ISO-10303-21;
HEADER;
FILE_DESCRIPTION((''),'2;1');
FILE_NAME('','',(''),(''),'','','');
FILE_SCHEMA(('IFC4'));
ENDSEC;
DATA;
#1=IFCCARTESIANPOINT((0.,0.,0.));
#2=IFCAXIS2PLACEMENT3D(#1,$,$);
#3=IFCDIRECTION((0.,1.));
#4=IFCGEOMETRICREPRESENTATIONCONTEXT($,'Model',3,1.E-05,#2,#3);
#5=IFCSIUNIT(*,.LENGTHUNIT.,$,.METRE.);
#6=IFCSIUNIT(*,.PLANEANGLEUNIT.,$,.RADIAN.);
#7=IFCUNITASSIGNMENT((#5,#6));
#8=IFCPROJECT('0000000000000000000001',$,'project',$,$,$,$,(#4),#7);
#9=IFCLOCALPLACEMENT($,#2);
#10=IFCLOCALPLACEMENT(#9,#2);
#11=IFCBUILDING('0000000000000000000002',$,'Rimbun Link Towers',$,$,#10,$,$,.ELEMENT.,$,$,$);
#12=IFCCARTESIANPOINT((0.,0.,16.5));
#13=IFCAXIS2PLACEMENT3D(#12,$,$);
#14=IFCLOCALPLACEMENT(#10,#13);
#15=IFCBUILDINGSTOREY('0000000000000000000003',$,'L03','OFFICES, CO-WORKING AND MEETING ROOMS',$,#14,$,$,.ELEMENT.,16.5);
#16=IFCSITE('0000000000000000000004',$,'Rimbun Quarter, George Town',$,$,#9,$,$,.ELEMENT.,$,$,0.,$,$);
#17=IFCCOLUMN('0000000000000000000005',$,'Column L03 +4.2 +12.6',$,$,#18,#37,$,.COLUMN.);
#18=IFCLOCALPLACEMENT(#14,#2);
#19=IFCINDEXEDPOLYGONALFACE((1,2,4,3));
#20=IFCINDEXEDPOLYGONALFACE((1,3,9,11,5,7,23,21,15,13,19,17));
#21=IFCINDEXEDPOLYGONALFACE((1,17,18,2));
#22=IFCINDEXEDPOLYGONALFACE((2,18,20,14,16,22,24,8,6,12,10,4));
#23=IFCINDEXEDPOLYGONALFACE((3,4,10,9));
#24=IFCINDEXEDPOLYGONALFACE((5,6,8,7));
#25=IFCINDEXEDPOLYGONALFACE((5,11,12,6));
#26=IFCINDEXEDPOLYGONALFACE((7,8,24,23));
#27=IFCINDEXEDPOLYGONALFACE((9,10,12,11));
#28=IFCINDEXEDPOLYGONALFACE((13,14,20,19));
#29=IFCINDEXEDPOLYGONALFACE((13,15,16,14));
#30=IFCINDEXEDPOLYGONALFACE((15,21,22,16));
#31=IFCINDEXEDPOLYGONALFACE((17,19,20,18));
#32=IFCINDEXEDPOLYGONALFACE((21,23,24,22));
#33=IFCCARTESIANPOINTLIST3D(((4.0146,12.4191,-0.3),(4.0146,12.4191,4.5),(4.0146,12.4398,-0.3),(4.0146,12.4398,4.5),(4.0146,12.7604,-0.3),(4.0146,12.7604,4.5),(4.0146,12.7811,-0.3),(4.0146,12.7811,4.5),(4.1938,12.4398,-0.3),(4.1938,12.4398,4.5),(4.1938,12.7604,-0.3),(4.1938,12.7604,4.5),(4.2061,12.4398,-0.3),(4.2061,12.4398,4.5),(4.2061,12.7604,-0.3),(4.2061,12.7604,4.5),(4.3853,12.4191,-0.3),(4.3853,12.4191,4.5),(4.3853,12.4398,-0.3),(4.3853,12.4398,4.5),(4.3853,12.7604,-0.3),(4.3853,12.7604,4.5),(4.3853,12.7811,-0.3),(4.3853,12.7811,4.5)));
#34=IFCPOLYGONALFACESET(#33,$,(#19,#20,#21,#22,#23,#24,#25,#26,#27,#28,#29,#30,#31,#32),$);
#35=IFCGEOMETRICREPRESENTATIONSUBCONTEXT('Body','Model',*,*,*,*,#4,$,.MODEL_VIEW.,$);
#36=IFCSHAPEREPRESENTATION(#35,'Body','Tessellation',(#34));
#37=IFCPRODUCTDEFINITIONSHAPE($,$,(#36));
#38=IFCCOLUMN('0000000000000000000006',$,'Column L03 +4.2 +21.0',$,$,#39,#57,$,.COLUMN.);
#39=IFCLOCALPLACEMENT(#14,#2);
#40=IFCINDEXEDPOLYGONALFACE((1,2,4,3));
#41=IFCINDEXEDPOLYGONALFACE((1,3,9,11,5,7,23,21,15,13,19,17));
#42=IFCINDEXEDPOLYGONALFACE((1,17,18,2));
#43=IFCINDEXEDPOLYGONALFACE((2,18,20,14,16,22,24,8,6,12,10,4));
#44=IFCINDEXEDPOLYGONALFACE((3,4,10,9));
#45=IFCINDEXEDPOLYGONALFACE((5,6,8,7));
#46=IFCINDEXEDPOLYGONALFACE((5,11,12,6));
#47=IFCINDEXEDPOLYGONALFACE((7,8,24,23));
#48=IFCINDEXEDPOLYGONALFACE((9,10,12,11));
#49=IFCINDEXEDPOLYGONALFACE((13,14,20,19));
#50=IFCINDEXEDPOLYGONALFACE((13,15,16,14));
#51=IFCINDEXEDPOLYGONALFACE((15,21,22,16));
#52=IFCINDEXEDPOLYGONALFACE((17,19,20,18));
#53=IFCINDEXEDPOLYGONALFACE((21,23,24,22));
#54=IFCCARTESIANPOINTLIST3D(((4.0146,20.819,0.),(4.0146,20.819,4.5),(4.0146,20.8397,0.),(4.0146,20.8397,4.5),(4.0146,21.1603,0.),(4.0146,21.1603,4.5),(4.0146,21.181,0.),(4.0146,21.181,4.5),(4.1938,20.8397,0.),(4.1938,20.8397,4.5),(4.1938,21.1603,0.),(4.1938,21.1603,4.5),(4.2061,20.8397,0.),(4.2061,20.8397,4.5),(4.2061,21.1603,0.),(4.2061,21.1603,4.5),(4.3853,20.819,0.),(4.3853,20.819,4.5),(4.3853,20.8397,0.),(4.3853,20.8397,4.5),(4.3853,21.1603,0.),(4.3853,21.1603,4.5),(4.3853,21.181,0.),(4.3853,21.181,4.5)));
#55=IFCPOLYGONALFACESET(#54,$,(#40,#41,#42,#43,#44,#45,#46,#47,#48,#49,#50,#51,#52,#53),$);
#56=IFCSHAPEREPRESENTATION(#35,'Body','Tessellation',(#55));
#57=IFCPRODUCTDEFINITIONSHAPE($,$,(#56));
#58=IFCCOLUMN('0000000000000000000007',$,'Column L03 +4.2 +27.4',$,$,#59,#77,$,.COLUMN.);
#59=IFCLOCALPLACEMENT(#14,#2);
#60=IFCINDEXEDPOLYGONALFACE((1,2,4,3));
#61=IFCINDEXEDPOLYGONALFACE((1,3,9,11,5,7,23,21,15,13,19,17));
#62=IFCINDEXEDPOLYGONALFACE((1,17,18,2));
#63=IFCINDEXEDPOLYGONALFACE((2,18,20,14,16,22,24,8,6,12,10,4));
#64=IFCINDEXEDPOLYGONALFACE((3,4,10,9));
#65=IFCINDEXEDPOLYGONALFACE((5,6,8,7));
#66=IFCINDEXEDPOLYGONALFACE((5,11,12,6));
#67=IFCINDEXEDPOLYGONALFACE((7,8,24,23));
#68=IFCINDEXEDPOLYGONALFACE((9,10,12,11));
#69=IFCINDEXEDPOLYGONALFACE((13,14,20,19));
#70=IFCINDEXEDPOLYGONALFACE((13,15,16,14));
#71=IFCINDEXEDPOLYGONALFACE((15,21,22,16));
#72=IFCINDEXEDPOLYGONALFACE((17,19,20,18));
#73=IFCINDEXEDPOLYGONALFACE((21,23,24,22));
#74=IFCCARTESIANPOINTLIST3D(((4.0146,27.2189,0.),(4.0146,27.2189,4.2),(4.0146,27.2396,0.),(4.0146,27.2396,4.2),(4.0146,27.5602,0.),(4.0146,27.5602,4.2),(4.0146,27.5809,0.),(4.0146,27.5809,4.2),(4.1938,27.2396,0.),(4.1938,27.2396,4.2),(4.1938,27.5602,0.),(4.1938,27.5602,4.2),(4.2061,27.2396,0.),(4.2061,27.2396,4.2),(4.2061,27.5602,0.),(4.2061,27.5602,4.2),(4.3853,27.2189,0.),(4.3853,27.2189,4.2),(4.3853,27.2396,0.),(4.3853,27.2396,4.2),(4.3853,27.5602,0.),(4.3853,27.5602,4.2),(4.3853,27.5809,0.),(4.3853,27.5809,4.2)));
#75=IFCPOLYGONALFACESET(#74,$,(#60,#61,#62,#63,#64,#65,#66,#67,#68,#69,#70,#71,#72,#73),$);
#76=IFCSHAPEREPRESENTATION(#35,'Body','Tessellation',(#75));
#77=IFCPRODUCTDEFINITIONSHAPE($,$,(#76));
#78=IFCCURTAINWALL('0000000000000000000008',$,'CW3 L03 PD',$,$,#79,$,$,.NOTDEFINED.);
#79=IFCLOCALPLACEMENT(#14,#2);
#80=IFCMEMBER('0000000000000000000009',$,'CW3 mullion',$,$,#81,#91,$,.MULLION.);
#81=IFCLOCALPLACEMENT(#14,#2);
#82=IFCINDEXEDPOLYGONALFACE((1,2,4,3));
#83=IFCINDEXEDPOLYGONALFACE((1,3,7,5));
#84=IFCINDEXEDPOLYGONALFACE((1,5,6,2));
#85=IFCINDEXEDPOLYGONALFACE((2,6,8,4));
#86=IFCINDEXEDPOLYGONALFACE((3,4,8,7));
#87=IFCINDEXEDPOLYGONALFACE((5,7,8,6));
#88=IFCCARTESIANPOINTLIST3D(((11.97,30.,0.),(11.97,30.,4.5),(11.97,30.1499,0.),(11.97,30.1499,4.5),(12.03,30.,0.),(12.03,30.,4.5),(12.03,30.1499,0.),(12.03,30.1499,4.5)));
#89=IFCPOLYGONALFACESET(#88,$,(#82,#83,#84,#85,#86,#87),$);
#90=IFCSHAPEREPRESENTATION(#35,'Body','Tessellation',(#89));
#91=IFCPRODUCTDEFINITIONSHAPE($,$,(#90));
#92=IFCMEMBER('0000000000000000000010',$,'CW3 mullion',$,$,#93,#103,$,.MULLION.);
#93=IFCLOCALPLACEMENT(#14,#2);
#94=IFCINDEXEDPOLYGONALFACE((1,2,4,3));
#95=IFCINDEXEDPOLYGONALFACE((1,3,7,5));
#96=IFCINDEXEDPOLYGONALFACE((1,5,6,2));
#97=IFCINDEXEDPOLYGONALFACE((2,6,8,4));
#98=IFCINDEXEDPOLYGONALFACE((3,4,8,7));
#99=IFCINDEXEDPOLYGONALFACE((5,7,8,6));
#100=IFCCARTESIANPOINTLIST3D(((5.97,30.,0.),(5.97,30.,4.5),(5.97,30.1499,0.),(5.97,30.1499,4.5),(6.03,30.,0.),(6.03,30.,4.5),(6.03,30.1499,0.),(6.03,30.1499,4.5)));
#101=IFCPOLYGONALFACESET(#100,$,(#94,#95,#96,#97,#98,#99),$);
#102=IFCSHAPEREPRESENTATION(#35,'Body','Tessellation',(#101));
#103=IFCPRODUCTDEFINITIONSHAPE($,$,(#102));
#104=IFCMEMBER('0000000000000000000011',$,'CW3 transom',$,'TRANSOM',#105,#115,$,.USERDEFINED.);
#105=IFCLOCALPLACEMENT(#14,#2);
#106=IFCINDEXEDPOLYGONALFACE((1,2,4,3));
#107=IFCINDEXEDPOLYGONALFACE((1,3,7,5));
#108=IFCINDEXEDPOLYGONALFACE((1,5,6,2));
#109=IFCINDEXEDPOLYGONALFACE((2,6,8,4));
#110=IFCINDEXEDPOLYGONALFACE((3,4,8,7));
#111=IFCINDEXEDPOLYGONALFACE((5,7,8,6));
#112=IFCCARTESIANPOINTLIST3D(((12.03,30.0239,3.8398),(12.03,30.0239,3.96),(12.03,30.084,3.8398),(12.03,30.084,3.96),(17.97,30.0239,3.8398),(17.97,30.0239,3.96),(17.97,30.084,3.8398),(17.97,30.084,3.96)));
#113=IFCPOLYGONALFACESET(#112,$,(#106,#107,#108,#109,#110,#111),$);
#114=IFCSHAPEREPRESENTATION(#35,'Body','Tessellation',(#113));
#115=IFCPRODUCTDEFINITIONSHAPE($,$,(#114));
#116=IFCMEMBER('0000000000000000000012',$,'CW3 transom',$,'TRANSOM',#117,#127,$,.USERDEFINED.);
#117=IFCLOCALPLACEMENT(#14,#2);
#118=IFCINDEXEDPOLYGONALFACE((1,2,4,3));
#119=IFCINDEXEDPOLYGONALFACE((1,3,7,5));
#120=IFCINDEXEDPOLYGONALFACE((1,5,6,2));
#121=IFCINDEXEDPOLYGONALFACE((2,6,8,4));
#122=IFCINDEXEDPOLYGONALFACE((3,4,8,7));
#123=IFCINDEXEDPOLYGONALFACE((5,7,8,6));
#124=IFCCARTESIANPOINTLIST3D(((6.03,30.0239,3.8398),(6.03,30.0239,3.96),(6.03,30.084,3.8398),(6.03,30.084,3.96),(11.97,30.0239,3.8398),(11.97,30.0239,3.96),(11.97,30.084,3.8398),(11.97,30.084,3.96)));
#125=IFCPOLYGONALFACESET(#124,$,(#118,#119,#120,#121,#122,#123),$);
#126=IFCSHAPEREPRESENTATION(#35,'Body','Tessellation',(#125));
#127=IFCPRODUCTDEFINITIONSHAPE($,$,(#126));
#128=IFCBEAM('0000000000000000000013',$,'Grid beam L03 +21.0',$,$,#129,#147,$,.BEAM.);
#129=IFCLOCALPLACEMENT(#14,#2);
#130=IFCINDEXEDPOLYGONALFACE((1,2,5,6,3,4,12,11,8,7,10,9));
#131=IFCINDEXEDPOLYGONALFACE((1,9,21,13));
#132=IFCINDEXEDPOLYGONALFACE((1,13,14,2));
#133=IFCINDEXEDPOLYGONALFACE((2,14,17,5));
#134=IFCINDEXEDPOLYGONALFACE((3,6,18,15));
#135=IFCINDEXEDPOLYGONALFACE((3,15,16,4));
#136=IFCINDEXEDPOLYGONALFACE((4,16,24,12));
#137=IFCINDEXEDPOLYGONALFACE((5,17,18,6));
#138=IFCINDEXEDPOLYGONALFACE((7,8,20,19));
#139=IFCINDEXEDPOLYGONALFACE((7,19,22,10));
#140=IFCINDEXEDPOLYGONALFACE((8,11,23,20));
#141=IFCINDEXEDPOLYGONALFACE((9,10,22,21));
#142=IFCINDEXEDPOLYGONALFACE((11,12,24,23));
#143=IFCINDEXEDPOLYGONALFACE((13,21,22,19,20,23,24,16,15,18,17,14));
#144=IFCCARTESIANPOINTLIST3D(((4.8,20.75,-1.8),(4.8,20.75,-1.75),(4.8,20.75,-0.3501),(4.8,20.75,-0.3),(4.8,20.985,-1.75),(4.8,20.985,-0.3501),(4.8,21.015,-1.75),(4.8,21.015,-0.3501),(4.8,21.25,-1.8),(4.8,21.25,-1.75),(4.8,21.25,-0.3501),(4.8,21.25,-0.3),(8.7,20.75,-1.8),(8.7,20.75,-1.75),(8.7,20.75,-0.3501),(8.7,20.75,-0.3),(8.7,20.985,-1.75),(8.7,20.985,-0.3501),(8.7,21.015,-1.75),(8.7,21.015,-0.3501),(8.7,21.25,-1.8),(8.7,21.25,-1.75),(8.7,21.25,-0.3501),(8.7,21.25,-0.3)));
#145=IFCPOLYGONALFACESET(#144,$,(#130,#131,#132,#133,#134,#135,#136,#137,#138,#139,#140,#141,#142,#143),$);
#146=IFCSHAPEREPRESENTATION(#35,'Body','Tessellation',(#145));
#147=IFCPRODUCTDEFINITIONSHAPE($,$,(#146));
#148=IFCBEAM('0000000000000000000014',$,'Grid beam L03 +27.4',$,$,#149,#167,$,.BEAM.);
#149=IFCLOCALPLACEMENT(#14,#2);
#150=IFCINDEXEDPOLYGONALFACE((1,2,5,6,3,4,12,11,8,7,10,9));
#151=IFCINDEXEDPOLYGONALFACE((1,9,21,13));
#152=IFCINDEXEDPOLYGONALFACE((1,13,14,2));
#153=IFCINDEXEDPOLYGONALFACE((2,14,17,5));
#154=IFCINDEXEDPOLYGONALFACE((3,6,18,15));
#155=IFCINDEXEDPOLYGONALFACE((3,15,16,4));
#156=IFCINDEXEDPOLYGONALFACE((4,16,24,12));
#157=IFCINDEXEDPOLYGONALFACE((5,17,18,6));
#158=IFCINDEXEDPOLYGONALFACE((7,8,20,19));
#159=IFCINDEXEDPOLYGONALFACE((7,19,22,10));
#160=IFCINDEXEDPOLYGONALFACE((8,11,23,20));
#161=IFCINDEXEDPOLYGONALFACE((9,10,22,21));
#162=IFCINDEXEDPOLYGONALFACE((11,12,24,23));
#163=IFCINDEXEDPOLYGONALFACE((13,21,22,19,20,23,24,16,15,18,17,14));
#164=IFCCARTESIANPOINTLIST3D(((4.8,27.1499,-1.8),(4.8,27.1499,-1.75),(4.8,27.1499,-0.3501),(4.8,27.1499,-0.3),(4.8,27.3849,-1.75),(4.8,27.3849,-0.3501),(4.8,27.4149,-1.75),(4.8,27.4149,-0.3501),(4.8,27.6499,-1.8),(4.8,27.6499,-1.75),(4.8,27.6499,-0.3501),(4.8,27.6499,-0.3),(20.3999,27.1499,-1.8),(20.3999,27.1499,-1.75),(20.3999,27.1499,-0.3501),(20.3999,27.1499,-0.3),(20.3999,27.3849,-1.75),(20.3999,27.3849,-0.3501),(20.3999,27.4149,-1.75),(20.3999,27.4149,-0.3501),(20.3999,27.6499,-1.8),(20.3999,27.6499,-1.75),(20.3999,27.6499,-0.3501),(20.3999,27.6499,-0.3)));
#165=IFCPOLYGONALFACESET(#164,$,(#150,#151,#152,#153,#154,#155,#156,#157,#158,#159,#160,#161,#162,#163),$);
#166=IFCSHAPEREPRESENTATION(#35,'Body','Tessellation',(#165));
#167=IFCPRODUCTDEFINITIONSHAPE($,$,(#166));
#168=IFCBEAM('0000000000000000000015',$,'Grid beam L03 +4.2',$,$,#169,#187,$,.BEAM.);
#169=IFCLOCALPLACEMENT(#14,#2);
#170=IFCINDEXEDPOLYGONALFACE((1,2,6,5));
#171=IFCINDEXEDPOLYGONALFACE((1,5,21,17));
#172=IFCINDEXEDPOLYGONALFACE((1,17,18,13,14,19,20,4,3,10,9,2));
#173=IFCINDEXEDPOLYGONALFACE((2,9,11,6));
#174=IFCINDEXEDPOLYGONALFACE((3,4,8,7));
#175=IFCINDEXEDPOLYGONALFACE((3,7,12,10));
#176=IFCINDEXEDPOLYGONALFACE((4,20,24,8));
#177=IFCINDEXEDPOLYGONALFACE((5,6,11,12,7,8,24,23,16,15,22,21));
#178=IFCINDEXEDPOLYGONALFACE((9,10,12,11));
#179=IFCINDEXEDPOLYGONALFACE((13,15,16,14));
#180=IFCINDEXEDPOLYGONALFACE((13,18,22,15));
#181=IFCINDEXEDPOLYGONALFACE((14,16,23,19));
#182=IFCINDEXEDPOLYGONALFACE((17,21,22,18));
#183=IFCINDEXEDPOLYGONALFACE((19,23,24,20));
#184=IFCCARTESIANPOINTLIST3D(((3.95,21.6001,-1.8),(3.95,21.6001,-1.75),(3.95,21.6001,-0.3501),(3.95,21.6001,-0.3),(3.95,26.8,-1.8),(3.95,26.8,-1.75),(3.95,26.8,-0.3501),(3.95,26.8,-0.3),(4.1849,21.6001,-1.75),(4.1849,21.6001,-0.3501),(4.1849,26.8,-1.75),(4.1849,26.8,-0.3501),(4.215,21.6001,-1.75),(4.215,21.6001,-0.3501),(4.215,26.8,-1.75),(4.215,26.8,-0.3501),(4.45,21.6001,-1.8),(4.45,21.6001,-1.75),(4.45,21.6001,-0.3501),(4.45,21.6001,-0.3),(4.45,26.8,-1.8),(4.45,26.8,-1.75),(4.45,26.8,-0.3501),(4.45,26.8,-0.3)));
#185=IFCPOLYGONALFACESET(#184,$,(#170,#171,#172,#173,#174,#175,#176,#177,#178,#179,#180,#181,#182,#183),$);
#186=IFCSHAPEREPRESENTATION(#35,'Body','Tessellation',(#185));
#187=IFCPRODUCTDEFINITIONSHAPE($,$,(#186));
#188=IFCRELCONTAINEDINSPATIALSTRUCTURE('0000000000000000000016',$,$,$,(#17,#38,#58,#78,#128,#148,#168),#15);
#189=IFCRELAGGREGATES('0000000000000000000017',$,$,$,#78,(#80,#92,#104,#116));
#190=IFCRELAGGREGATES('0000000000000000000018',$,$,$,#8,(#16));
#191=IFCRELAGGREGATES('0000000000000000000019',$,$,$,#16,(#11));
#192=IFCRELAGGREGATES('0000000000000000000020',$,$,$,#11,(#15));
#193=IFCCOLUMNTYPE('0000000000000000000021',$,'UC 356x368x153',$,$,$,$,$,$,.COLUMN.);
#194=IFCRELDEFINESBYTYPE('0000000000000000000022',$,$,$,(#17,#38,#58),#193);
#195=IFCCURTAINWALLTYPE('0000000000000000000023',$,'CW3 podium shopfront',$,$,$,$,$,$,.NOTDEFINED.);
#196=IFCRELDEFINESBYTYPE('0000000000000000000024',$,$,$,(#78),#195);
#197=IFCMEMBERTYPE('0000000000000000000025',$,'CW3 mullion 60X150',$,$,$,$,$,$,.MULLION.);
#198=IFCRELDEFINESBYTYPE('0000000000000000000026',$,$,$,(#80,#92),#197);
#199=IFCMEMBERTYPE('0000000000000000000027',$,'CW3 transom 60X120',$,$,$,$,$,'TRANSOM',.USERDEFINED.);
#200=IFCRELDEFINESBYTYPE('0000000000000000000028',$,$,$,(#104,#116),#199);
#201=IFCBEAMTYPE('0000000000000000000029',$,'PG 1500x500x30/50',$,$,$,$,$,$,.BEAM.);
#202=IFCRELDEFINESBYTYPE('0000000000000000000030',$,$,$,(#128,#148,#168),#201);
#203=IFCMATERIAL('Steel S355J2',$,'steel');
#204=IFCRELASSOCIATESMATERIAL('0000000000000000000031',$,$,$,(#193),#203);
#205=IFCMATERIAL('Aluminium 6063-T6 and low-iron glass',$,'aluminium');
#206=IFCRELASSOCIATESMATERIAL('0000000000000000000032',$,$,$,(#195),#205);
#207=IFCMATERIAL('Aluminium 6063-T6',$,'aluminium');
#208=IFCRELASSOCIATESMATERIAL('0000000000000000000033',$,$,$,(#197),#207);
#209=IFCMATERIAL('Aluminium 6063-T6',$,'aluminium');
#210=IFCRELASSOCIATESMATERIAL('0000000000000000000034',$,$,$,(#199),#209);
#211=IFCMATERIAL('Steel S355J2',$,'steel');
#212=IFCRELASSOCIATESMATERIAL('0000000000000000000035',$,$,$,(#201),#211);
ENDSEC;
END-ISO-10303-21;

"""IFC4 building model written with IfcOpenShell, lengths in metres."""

from ifc_helpers import new_model, si_unit, direction, frame, origin, origin_2d, place, context, subcontext, project, spatial, rectangle, i_section, extrude, material, material_profile, profile_set, type_object, element, aggregate, save


model = new_model("IFC4")

# Units and contexts
model_context = context("Model", 3, precision=1e-05, world=origin(), true_north=direction((0.0, 1.0)))
body_context = subcontext(model_context, "Body", "Model", "MODEL_VIEW")
ifc_project = project(units=[si_unit("LENGTHUNIT", "METRE"), si_unit("PLANEANGLEUNIT", "RADIAN")], contexts=[model_context])

# Site, building, storey
site_placement = place(None, origin())
site = spatial("IfcSite", under=ifc_project, at=site_placement, Name="Rimbun Quarter, George Town", CompositionType="ELEMENT", RefElevation=0.0)
building_placement = place(site_placement, origin())
building = spatial("IfcBuilding", under=site, at=building_placement, Name="Rimbun Link Towers", CompositionType="ELEMENT")
storey_placement = place(building_placement, frame((0.0, 0.0, 16.5)))
storey = spatial("IfcBuildingStorey", under=building, at=storey_placement, Name="L03", Description="OFFICES, CO-WORKING AND MEETING ROOMS", CompositionType="ELEMENT", Elevation=16.5)

# Columns
ifc_material_1 = material(Name="Steel S355J2", Category="steel")
ifc_material_profile_1 = material_profile(ifc_material_1, i_section(OverallWidth=0.3706, OverallDepth=0.3621, WebThickness=0.0122, FlangeThickness=0.0208, at=origin_2d()), Name="UC 356x368x153")
ifc_profile_set_1 = profile_set([ifc_material_profile_1], Name="Steel S355J2")
column_type = type_object("IfcColumnType", Name="UC 356x368x153", PredefinedType="COLUMN", material=ifc_profile_set_1)
column_1_placement = place(storey_placement, frame((4.2, 12.6001, -0.3), z_axis=(0.0, 0.0, 1.0), x_axis=(1.0, 0.0, 0.0)))
element("IfcColumn", 1, at=column_1_placement, inside=storey, type_object=column_type, Name="Column L03 +4.2 +12.6", PredefinedType="COLUMN", context=body_context, shape_type="SweptSolid", body=[
    extrude(i_section(OverallWidth=0.3706, OverallDepth=0.3621, WebThickness=0.0122, FlangeThickness=0.0208, at=origin_2d()), origin(), (0.0, 0.0, 1.0), 4.8),
])
column_2_placement = place(storey_placement, frame((4.2, 21.0, 0.0), z_axis=(0.0, 0.0, 1.0), x_axis=(1.0, 0.0, 0.0)))
element("IfcColumn", 2, at=column_2_placement, inside=storey, type_object=column_type, Name="Column L03 +4.2 +21.0", PredefinedType="COLUMN", context=body_context, shape_type="SweptSolid", body=[
    extrude(i_section(OverallWidth=0.3706, OverallDepth=0.3621, WebThickness=0.0122, FlangeThickness=0.0208, at=origin_2d()), origin(), (0.0, 0.0, 1.0), 4.5),
])
column_3_placement = place(storey_placement, frame((4.2, 27.3999, 0.0), z_axis=(0.0, 0.0, 1.0), x_axis=(1.0, 0.0, 0.0)))
element("IfcColumn", 3, at=column_3_placement, inside=storey, type_object=column_type, Name="Column L03 +4.2 +27.4", PredefinedType="COLUMN", context=body_context, shape_type="SweptSolid", body=[
    extrude(i_section(OverallWidth=0.3706, OverallDepth=0.3621, WebThickness=0.0122, FlangeThickness=0.0208, at=origin_2d()), origin(), (0.0, 0.0, 1.0), 4.2),
])

# Curtain wall, members
ifc_material_2 = material(Name="Aluminium 6063-T6 and low-iron glass", Category="aluminium")
curtain_wall_type = type_object("IfcCurtainWallType", Name="CW3 podium shopfront", PredefinedType="NOTDEFINED", material=ifc_material_2)
curtain_wall_placement = place(storey_placement, origin())
curtain_wall = element("IfcCurtainWall", 4, at=curtain_wall_placement, inside=storey, type_object=curtain_wall_type, Name="CW3 L03 PD", PredefinedType="NOTDEFINED")
ifc_material_3 = material(Name="Aluminium 6063-T6", Category="aluminium")
ifc_material_profile_2 = material_profile(ifc_material_3, rectangle(XDim=0.1499, YDim=0.0601, at=origin_2d()), Name="MULLION 60X150")
ifc_profile_set_2 = profile_set([ifc_material_profile_2], Name="Aluminium 6063-T6")
member_type_1 = type_object("IfcMemberType", Name="CW3 mullion 60X150", PredefinedType="MULLION", material=ifc_profile_set_2)
member_1_placement = place(storey_placement, frame((12.0, 30.075, 0.0), z_axis=(0.0, 0.0, 1.0), x_axis=(0.0, 1.0, 0.0)))
member_1 = element("IfcMember", 5, at=member_1_placement, type_object=member_type_1, Name="CW3 mullion", PredefinedType="MULLION", context=body_context, shape_type="SweptSolid", body=[
    extrude(rectangle(XDim=0.1499, YDim=0.0601, at=origin_2d()), origin(), (0.0, 0.0, 1.0), 4.5),
])
member_2_placement = place(storey_placement, frame((6.0, 30.075, 0.0), z_axis=(0.0, 0.0, 1.0), x_axis=(0.0, 1.0, 0.0)))
member_2 = element("IfcMember", 6, at=member_2_placement, type_object=member_type_1, Name="CW3 mullion", PredefinedType="MULLION", context=body_context, shape_type="SweptSolid", body=[
    extrude(rectangle(XDim=0.1499, YDim=0.0601, at=origin_2d()), origin(), (0.0, 0.0, 1.0), 4.5),
])
ifc_material_4 = material(Name="Aluminium 6063-T6", Category="aluminium")
ifc_material_profile_3 = material_profile(ifc_material_4, rectangle(XDim=0.0601, YDim=0.1201, at=origin_2d()), Name="TRANSOM 60X120")
ifc_profile_set_3 = profile_set([ifc_material_profile_3], Name="Aluminium 6063-T6")
member_type_2 = type_object("IfcMemberType", Name="CW3 transom 60X120", ElementType="TRANSOM", PredefinedType="USERDEFINED", material=ifc_profile_set_3)
member_3_placement = place(storey_placement, frame((12.03, 30.054, 3.8999), z_axis=(1.0, 0.0, 0.0), x_axis=(0.0, 1.0, 0.0)))
member_3 = element("IfcMember", 7, at=member_3_placement, type_object=member_type_2, Name="CW3 transom", ObjectType="TRANSOM", PredefinedType="USERDEFINED", context=body_context, shape_type="SweptSolid", body=[
    extrude(rectangle(XDim=0.0601, YDim=0.1201, at=origin_2d()), origin(), (0.0, 0.0, 1.0), 5.9399),
])
member_4_placement = place(storey_placement, frame((6.03, 30.054, 3.8999), z_axis=(1.0, 0.0, 0.0), x_axis=(0.0, 1.0, 0.0)))
member_4 = element("IfcMember", 8, at=member_4_placement, type_object=member_type_2, Name="CW3 transom", ObjectType="TRANSOM", PredefinedType="USERDEFINED", context=body_context, shape_type="SweptSolid", body=[
    extrude(rectangle(XDim=0.0601, YDim=0.1201, at=origin_2d()), origin(), (0.0, 0.0, 1.0), 5.9399),
])

# Beams
ifc_material_5 = material(Name="Steel S355J2", Category="steel")
ifc_material_profile_4 = material_profile(ifc_material_5, i_section(OverallWidth=0.5, OverallDepth=1.5, WebThickness=0.03, FlangeThickness=0.05, at=origin_2d()), Name="PG 1500x500x30/50")
ifc_profile_set_4 = profile_set([ifc_material_profile_4], Name="Steel S355J2")
beam_type = type_object("IfcBeamType", Name="PG 1500x500x30/50", PredefinedType="BEAM", material=ifc_profile_set_4)
beam_1_placement = place(storey_placement, frame((4.8, 21.0, -1.05), z_axis=(1.0, 0.0, 0.0), x_axis=(0.0, 1.0, 0.0)))
element("IfcBeam", 9, at=beam_1_placement, inside=storey, type_object=beam_type, Name="Grid beam L03 +21.0", PredefinedType="BEAM", context=body_context, shape_type="SweptSolid", body=[
    extrude(i_section(OverallWidth=0.5, OverallDepth=1.5, WebThickness=0.03, FlangeThickness=0.05, at=origin_2d()), origin(), (0.0, 0.0, 1.0), 3.8999),
])
beam_2_placement = place(storey_placement, frame((4.8, 27.3999, -1.05), z_axis=(1.0, 0.0, 0.0), x_axis=(0.0, 1.0, 0.0)))
element("IfcBeam", 10, at=beam_2_placement, inside=storey, type_object=beam_type, Name="Grid beam L03 +27.4", PredefinedType="BEAM", context=body_context, shape_type="SweptSolid", body=[
    extrude(i_section(OverallWidth=0.5, OverallDepth=1.5, WebThickness=0.03, FlangeThickness=0.05, at=origin_2d()), origin(), (0.0, 0.0, 1.0), 15.5999),
])
beam_3_placement = place(storey_placement, frame((4.2, 21.6001, -1.05), z_axis=(0.0, 1.0, 0.0), x_axis=(-1.0, 0.0, 0.0)))
element("IfcBeam", 11, at=beam_3_placement, inside=storey, type_object=beam_type, Name="Grid beam L03 +4.2", PredefinedType="BEAM", context=body_context, shape_type="SweptSolid", body=[
    extrude(i_section(OverallWidth=0.5, OverallDepth=1.5, WebThickness=0.03, FlangeThickness=0.05, at=origin_2d()), origin(), (0.0, 0.0, 1.0), 5.2),
])

aggregate(curtain_wall, [member_1, member_2, member_3, member_4])

save(model, "model.ifc")
